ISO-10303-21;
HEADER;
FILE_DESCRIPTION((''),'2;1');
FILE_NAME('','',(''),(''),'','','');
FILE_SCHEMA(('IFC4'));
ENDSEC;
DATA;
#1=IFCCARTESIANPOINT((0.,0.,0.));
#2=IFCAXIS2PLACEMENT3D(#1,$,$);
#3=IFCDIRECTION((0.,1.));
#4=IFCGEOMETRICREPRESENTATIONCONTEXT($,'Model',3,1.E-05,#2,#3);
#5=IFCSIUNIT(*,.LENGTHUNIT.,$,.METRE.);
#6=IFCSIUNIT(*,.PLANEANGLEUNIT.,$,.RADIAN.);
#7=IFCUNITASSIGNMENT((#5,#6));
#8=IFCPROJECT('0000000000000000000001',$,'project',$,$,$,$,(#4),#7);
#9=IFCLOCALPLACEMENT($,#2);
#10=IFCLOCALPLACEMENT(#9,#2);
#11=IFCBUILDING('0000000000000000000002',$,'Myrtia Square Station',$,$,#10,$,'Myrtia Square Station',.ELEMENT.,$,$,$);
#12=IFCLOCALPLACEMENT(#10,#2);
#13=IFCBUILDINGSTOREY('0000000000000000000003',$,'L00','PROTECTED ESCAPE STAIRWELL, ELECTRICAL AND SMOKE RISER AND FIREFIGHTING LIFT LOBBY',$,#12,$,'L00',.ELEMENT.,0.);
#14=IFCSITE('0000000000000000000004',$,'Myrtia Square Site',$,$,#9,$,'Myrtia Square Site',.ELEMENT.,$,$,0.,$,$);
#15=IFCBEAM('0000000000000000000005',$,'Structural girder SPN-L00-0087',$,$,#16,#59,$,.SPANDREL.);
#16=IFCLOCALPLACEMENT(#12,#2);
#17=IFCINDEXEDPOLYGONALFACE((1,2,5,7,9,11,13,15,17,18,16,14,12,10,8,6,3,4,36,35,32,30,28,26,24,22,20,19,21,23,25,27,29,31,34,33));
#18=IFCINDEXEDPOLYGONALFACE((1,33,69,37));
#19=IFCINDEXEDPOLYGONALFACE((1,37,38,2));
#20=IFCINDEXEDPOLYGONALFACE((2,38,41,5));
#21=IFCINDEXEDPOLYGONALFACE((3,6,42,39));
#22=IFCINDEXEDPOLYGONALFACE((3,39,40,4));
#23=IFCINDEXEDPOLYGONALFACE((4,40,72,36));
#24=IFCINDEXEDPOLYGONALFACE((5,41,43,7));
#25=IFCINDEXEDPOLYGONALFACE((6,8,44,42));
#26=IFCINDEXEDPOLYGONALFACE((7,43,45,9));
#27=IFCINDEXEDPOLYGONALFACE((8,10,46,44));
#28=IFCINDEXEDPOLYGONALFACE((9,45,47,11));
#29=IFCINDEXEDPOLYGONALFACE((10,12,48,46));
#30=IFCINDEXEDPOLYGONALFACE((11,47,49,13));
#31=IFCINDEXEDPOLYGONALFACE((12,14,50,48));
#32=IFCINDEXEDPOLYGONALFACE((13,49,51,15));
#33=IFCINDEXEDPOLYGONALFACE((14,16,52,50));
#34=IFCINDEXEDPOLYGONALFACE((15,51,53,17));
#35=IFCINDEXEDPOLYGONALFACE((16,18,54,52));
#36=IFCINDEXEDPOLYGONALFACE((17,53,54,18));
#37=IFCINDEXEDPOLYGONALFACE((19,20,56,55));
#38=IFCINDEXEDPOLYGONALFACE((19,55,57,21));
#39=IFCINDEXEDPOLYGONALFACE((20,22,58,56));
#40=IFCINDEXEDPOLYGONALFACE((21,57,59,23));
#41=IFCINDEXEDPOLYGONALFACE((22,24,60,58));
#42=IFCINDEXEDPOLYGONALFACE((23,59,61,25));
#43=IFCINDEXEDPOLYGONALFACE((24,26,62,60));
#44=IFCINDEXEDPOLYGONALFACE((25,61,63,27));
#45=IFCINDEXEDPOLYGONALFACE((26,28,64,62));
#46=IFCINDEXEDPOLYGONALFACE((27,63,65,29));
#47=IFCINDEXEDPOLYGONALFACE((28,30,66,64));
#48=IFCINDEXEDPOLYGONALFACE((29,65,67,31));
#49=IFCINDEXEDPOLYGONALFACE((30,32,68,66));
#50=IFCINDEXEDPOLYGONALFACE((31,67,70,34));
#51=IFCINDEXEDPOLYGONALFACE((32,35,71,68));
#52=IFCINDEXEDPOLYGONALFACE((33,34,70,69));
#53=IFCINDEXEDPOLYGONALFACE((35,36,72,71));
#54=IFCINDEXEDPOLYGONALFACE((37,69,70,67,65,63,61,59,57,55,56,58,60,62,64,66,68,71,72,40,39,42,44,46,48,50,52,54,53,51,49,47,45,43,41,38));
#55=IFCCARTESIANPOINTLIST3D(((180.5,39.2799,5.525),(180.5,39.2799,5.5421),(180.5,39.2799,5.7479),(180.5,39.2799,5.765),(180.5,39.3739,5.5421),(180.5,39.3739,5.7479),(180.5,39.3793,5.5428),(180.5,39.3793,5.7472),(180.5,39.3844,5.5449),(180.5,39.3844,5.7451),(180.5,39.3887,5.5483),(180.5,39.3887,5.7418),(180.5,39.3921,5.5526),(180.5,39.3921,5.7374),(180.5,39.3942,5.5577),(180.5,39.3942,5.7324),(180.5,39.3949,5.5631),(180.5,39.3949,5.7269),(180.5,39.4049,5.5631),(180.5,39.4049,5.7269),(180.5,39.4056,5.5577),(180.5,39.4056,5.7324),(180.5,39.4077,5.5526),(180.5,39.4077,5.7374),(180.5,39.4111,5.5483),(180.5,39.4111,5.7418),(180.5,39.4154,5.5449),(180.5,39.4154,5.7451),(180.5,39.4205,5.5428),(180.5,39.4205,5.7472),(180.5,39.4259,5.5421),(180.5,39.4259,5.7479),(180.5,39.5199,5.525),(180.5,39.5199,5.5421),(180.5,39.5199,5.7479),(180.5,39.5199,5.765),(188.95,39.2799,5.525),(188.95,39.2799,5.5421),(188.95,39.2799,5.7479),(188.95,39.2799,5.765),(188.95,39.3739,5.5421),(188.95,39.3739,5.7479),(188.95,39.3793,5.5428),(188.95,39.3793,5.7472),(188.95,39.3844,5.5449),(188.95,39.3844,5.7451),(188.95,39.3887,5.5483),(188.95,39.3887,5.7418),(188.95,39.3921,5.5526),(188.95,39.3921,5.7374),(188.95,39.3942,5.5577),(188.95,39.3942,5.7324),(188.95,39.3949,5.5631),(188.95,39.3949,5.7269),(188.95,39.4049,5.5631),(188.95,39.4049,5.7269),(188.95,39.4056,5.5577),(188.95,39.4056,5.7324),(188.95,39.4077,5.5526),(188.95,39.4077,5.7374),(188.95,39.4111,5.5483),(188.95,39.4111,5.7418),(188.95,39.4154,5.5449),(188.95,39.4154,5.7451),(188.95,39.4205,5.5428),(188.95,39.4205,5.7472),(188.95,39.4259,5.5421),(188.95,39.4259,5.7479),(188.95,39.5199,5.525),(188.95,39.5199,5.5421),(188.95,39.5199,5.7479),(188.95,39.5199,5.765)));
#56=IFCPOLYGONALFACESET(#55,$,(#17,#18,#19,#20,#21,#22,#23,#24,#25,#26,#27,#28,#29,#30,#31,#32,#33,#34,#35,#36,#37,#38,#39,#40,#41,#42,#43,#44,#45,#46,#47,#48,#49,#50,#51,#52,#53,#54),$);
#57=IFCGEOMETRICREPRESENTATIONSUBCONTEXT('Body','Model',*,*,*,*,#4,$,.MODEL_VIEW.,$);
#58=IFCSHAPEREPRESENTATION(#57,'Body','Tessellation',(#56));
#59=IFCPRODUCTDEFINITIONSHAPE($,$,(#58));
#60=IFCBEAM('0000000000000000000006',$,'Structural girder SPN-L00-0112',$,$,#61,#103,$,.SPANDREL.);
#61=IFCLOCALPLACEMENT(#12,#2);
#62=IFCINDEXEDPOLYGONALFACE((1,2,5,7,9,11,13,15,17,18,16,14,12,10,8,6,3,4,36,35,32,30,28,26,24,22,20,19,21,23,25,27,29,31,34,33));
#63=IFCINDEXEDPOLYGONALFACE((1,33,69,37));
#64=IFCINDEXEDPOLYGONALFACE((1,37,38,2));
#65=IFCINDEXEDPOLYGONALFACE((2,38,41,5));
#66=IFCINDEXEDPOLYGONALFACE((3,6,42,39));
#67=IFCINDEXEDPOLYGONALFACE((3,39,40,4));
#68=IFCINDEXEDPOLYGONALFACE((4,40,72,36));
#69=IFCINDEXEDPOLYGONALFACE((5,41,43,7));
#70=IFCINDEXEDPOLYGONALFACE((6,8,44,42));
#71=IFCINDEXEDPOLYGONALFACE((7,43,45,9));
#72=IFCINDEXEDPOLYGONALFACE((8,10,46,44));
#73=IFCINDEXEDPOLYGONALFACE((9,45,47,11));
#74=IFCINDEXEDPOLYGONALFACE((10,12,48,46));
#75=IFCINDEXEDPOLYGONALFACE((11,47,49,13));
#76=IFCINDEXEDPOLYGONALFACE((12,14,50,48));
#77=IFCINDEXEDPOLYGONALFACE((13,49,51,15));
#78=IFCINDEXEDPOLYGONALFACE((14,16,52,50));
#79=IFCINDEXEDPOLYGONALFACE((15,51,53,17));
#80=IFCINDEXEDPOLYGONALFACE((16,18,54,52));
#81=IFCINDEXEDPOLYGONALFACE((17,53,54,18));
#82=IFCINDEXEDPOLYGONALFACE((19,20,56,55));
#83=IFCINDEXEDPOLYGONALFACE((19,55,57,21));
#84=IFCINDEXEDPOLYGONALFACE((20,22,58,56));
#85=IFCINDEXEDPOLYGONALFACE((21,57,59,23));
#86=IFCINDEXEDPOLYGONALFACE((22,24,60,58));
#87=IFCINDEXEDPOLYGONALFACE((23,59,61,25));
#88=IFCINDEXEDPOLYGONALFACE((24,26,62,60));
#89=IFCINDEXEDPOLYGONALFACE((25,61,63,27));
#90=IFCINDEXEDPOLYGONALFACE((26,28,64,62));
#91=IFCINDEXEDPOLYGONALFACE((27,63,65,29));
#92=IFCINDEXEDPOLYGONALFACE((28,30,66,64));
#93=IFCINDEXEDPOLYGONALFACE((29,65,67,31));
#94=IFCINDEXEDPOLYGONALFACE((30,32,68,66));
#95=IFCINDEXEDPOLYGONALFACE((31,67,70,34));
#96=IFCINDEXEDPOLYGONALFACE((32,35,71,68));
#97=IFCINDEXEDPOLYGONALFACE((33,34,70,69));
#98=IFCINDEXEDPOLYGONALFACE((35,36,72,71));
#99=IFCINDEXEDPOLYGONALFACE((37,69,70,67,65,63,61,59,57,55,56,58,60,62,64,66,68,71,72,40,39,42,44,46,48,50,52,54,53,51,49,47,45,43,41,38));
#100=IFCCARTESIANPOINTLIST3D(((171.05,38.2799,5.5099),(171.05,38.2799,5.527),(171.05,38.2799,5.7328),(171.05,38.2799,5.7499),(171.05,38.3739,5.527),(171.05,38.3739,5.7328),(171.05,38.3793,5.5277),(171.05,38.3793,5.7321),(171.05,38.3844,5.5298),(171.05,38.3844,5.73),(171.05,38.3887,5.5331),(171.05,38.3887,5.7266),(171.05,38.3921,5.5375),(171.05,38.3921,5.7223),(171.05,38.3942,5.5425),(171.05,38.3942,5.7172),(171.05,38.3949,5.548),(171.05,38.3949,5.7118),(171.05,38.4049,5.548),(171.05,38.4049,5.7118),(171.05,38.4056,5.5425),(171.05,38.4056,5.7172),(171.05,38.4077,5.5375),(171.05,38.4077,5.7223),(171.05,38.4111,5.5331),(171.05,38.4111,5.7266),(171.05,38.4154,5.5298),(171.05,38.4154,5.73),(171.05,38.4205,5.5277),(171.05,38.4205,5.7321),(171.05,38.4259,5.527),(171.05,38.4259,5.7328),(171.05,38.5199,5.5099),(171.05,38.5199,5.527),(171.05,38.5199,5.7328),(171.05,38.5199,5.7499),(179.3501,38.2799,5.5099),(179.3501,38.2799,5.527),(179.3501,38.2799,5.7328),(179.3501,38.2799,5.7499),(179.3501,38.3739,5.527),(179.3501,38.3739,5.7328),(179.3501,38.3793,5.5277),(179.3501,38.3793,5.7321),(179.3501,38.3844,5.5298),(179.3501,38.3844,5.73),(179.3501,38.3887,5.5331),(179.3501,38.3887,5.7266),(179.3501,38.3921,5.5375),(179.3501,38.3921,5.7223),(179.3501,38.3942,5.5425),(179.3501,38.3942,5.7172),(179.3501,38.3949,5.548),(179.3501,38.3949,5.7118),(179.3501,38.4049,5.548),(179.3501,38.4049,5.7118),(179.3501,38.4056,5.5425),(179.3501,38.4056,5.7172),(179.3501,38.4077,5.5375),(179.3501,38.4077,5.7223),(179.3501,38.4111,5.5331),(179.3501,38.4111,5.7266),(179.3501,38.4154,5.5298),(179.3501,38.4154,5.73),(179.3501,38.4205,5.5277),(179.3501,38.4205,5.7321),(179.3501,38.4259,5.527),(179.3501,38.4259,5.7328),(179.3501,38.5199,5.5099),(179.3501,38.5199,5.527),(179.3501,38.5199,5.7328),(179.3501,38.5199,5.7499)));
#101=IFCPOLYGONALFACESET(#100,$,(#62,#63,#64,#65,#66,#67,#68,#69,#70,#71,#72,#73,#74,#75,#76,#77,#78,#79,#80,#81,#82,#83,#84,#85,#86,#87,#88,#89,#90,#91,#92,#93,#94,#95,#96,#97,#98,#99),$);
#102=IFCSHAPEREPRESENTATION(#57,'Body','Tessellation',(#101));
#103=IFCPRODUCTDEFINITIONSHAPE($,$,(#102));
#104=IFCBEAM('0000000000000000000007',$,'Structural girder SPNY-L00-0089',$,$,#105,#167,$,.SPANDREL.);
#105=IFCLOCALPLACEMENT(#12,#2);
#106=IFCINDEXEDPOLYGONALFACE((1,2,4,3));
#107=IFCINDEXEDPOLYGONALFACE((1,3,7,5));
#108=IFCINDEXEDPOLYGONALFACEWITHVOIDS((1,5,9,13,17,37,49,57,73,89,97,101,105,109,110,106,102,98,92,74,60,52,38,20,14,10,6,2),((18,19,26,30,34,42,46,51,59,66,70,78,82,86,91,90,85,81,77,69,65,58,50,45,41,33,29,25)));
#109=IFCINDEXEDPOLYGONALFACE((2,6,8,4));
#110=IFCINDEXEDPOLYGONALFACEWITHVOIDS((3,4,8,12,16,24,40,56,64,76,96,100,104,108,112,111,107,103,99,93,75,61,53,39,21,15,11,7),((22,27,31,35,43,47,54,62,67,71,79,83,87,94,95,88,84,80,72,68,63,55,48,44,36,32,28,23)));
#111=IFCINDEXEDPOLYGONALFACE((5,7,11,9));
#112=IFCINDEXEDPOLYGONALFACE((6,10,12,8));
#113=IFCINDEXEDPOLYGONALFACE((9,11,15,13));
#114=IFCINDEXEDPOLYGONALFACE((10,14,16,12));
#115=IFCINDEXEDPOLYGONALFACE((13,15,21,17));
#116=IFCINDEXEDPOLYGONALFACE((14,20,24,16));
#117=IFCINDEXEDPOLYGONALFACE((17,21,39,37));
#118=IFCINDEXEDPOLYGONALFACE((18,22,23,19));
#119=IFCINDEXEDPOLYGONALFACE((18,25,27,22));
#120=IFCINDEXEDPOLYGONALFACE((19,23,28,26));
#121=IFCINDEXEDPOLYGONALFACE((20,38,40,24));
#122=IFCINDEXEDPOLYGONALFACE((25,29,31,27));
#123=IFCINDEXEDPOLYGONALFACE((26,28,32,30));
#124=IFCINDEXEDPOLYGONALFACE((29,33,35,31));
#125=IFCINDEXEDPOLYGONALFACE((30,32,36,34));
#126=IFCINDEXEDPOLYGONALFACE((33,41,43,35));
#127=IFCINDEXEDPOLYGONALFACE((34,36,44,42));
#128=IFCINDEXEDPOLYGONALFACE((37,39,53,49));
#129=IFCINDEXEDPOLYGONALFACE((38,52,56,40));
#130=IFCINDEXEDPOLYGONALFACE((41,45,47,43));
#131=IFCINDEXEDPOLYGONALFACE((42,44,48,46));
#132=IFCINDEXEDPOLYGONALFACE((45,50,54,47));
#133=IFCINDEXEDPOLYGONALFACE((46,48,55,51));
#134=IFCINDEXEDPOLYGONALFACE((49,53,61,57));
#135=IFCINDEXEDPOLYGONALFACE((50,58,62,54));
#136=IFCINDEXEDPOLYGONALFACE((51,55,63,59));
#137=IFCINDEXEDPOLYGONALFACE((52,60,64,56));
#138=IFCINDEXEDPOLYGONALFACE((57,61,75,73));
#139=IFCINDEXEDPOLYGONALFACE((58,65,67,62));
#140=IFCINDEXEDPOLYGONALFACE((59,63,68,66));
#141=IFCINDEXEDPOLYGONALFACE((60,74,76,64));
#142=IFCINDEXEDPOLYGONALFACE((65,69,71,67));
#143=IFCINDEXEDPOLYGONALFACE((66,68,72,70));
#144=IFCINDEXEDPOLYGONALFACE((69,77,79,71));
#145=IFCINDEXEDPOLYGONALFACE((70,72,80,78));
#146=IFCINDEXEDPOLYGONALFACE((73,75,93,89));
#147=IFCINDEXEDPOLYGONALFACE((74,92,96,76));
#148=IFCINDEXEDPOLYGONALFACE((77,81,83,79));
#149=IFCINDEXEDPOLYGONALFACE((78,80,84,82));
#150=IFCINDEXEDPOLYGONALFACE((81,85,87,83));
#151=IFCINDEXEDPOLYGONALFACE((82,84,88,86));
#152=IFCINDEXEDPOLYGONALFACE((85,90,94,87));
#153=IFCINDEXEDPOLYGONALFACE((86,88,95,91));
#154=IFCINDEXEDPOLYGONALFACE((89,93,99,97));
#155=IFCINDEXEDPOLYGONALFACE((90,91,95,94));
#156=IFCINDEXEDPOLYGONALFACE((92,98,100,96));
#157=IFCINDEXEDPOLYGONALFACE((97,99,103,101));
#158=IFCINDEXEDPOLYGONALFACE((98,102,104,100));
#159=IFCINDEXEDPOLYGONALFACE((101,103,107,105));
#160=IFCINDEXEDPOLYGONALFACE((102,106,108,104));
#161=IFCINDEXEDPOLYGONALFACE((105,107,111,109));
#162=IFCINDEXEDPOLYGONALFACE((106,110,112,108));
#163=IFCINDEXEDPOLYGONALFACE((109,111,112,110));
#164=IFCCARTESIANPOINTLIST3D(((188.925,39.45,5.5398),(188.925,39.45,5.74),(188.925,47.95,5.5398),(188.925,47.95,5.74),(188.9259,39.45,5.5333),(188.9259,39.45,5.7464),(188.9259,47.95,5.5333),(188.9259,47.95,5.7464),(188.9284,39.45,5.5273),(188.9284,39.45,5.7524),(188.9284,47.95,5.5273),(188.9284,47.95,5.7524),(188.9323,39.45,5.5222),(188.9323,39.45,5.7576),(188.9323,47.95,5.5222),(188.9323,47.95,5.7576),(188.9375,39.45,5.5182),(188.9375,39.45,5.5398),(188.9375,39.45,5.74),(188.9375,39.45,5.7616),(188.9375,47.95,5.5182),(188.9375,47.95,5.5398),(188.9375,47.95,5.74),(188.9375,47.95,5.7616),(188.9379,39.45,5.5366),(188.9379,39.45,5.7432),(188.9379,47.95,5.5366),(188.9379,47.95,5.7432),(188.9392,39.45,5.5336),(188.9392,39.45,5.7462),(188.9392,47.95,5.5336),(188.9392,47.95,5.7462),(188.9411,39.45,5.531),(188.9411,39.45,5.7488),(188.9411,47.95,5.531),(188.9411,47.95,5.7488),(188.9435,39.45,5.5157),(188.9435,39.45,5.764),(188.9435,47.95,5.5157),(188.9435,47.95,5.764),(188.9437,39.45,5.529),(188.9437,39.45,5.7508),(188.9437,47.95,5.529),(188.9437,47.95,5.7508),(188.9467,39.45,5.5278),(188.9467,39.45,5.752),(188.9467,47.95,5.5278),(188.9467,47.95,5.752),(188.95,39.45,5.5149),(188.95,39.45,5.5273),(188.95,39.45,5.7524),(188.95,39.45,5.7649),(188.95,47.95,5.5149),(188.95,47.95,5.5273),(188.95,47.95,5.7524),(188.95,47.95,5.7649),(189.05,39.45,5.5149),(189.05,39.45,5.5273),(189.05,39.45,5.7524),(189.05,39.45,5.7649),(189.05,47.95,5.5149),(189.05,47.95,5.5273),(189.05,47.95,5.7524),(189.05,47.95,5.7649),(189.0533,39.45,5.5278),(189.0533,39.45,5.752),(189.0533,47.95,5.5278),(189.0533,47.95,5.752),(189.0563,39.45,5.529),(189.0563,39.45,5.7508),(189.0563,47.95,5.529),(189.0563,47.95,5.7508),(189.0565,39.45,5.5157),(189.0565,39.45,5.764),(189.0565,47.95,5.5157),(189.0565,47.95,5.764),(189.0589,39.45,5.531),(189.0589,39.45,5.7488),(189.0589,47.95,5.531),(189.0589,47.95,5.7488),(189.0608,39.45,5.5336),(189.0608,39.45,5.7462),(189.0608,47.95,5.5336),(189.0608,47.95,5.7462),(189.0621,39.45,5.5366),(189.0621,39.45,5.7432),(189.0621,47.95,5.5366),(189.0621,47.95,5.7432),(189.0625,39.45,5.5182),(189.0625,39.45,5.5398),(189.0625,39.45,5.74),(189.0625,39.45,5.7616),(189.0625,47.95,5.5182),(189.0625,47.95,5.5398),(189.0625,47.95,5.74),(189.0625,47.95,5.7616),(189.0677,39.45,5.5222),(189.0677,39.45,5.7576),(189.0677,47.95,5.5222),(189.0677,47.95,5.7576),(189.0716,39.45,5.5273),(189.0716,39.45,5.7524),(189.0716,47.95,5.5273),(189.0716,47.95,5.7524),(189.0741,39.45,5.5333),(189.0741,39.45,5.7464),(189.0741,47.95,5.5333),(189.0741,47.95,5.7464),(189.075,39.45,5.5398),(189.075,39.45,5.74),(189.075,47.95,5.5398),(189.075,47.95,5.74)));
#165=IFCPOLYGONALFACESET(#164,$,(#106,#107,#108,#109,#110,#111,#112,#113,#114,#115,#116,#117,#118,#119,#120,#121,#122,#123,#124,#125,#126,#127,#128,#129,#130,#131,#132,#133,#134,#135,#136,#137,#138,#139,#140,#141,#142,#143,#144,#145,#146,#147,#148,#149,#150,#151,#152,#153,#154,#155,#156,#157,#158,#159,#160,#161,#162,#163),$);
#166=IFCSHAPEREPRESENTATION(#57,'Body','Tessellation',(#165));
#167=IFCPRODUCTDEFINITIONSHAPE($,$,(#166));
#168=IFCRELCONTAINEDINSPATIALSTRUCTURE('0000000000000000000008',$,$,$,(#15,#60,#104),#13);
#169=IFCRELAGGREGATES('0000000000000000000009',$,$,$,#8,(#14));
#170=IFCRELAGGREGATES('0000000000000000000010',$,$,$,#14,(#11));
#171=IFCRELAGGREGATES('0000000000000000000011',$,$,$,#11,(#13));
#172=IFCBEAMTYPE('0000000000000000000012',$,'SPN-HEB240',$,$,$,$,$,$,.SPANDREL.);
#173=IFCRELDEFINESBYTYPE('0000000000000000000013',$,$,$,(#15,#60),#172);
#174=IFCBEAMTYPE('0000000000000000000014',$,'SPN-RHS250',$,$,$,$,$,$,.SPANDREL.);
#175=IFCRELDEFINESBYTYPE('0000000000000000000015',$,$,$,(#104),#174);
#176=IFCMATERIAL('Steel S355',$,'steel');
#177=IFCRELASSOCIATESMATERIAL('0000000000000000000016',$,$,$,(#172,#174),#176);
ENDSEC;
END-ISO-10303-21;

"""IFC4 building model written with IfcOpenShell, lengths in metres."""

from ifc_helpers import new_model, si_unit, direction, frame, origin, origin_2d, place, context, subcontext, project, spatial, hollow_rectangle, i_section, extrude, material, material_profile, profile_set, type_object, element, save


model = new_model("IFC4")

# Units and contexts
model_context = context("Model", 3, precision=1e-05, world=origin(), true_north=direction((0.0, 1.0)))
body_context = subcontext(model_context, "Body", "Model", "MODEL_VIEW")
ifc_project = project(units=[si_unit("LENGTHUNIT", "METRE"), si_unit("PLANEANGLEUNIT", "RADIAN")], contexts=[model_context])

# Site, building, storey
site_placement = place(None, origin())
site = spatial("IfcSite", under=ifc_project, at=site_placement, Name="Myrtia Square Site", LongName="Myrtia Square Site", CompositionType="ELEMENT", RefElevation=0.0)
building_placement = place(site_placement, origin())
building = spatial("IfcBuilding", under=site, at=building_placement, Name="Myrtia Square Station", LongName="Myrtia Square Station", CompositionType="ELEMENT")
storey_placement = place(building_placement, origin())
storey = spatial("IfcBuildingStorey", under=building, at=storey_placement, Name="L00", Description="PROTECTED ESCAPE STAIRWELL, ELECTRICAL AND SMOKE RISER AND FIREFIGHTING LIFT LOBBY", LongName="L00", CompositionType="ELEMENT", Elevation=0.0)

# Shared definitions
ifc_material_1 = material(Name="Steel S355", Category="steel")

# Beams
ifc_material_profile_1 = material_profile(ifc_material_1, i_section(OverallWidth=0.24, OverallDepth=0.24, WebThickness=0.01, FlangeThickness=0.0171, FilletRadius=0.021, at=origin_2d()), Name="HEB 240")
ifc_profile_set_1 = profile_set([ifc_material_profile_1], Name="Steel S355")
beam_type_1 = type_object("IfcBeamType", Name="SPN-HEB240", PredefinedType="SPANDREL", material=ifc_profile_set_1)
beam_1_placement = place(storey_placement, frame((180.5, 39.3999, 5.645), z_axis=(1.0, 0.0, 0.0), x_axis=(0.0, 1.0, 0.0)))
element("IfcBeam", 1, at=beam_1_placement, inside=storey, type_object=beam_type_1, Name="Structural girder SPN-L00-0087", PredefinedType="SPANDREL", context=body_context, shape_type="SweptSolid", body=[
    extrude(i_section(OverallWidth=0.24, OverallDepth=0.24, WebThickness=0.01, FlangeThickness=0.0171, FilletRadius=0.021, at=origin_2d()), origin(), (0.0, 0.0, 1.0), 8.45),
])
beam_2_placement = place(storey_placement, frame((171.05, 38.3999, 5.6299), z_axis=(1.0, 0.0, 0.0), x_axis=(0.0, 1.0, 0.0)))
element("IfcBeam", 2, at=beam_2_placement, inside=storey, type_object=beam_type_1, Name="Structural girder SPN-L00-0112", PredefinedType="SPANDREL", context=body_context, shape_type="SweptSolid", body=[
    extrude(i_section(OverallWidth=0.24, OverallDepth=0.24, WebThickness=0.01, FlangeThickness=0.0171, FilletRadius=0.021, at=origin_2d()), origin(), (0.0, 0.0, 1.0), 8.3),
])
ifc_material_profile_2 = material_profile(ifc_material_1, hollow_rectangle(XDim=0.1499, YDim=0.25, WallThickness=0.0125, InnerFilletRadius=0.0125, OuterFilletRadius=0.0249, at=origin_2d()), Name="RHS 250x150x12.5")
ifc_profile_set_2 = profile_set([ifc_material_profile_2], Name="Steel S355")
beam_type_2 = type_object("IfcBeamType", Name="SPN-RHS250", PredefinedType="SPANDREL", material=ifc_profile_set_2)
beam_3_placement = place(storey_placement, frame((189.0, 39.45, 5.6399), z_axis=(0.0, 1.0, 0.0), x_axis=(-1.0, 0.0, 0.0)))
element("IfcBeam", 3, at=beam_3_placement, inside=storey, type_object=beam_type_2, Name="Structural girder SPNY-L00-0089", PredefinedType="SPANDREL", context=body_context, shape_type="SweptSolid", body=[
    extrude(hollow_rectangle(XDim=0.1499, YDim=0.25, WallThickness=0.0125, InnerFilletRadius=0.0125, OuterFilletRadius=0.0249, at=origin_2d()), origin(), (0.0, 0.0, 1.0), 8.5),
])

save(model, "model.ifc")
